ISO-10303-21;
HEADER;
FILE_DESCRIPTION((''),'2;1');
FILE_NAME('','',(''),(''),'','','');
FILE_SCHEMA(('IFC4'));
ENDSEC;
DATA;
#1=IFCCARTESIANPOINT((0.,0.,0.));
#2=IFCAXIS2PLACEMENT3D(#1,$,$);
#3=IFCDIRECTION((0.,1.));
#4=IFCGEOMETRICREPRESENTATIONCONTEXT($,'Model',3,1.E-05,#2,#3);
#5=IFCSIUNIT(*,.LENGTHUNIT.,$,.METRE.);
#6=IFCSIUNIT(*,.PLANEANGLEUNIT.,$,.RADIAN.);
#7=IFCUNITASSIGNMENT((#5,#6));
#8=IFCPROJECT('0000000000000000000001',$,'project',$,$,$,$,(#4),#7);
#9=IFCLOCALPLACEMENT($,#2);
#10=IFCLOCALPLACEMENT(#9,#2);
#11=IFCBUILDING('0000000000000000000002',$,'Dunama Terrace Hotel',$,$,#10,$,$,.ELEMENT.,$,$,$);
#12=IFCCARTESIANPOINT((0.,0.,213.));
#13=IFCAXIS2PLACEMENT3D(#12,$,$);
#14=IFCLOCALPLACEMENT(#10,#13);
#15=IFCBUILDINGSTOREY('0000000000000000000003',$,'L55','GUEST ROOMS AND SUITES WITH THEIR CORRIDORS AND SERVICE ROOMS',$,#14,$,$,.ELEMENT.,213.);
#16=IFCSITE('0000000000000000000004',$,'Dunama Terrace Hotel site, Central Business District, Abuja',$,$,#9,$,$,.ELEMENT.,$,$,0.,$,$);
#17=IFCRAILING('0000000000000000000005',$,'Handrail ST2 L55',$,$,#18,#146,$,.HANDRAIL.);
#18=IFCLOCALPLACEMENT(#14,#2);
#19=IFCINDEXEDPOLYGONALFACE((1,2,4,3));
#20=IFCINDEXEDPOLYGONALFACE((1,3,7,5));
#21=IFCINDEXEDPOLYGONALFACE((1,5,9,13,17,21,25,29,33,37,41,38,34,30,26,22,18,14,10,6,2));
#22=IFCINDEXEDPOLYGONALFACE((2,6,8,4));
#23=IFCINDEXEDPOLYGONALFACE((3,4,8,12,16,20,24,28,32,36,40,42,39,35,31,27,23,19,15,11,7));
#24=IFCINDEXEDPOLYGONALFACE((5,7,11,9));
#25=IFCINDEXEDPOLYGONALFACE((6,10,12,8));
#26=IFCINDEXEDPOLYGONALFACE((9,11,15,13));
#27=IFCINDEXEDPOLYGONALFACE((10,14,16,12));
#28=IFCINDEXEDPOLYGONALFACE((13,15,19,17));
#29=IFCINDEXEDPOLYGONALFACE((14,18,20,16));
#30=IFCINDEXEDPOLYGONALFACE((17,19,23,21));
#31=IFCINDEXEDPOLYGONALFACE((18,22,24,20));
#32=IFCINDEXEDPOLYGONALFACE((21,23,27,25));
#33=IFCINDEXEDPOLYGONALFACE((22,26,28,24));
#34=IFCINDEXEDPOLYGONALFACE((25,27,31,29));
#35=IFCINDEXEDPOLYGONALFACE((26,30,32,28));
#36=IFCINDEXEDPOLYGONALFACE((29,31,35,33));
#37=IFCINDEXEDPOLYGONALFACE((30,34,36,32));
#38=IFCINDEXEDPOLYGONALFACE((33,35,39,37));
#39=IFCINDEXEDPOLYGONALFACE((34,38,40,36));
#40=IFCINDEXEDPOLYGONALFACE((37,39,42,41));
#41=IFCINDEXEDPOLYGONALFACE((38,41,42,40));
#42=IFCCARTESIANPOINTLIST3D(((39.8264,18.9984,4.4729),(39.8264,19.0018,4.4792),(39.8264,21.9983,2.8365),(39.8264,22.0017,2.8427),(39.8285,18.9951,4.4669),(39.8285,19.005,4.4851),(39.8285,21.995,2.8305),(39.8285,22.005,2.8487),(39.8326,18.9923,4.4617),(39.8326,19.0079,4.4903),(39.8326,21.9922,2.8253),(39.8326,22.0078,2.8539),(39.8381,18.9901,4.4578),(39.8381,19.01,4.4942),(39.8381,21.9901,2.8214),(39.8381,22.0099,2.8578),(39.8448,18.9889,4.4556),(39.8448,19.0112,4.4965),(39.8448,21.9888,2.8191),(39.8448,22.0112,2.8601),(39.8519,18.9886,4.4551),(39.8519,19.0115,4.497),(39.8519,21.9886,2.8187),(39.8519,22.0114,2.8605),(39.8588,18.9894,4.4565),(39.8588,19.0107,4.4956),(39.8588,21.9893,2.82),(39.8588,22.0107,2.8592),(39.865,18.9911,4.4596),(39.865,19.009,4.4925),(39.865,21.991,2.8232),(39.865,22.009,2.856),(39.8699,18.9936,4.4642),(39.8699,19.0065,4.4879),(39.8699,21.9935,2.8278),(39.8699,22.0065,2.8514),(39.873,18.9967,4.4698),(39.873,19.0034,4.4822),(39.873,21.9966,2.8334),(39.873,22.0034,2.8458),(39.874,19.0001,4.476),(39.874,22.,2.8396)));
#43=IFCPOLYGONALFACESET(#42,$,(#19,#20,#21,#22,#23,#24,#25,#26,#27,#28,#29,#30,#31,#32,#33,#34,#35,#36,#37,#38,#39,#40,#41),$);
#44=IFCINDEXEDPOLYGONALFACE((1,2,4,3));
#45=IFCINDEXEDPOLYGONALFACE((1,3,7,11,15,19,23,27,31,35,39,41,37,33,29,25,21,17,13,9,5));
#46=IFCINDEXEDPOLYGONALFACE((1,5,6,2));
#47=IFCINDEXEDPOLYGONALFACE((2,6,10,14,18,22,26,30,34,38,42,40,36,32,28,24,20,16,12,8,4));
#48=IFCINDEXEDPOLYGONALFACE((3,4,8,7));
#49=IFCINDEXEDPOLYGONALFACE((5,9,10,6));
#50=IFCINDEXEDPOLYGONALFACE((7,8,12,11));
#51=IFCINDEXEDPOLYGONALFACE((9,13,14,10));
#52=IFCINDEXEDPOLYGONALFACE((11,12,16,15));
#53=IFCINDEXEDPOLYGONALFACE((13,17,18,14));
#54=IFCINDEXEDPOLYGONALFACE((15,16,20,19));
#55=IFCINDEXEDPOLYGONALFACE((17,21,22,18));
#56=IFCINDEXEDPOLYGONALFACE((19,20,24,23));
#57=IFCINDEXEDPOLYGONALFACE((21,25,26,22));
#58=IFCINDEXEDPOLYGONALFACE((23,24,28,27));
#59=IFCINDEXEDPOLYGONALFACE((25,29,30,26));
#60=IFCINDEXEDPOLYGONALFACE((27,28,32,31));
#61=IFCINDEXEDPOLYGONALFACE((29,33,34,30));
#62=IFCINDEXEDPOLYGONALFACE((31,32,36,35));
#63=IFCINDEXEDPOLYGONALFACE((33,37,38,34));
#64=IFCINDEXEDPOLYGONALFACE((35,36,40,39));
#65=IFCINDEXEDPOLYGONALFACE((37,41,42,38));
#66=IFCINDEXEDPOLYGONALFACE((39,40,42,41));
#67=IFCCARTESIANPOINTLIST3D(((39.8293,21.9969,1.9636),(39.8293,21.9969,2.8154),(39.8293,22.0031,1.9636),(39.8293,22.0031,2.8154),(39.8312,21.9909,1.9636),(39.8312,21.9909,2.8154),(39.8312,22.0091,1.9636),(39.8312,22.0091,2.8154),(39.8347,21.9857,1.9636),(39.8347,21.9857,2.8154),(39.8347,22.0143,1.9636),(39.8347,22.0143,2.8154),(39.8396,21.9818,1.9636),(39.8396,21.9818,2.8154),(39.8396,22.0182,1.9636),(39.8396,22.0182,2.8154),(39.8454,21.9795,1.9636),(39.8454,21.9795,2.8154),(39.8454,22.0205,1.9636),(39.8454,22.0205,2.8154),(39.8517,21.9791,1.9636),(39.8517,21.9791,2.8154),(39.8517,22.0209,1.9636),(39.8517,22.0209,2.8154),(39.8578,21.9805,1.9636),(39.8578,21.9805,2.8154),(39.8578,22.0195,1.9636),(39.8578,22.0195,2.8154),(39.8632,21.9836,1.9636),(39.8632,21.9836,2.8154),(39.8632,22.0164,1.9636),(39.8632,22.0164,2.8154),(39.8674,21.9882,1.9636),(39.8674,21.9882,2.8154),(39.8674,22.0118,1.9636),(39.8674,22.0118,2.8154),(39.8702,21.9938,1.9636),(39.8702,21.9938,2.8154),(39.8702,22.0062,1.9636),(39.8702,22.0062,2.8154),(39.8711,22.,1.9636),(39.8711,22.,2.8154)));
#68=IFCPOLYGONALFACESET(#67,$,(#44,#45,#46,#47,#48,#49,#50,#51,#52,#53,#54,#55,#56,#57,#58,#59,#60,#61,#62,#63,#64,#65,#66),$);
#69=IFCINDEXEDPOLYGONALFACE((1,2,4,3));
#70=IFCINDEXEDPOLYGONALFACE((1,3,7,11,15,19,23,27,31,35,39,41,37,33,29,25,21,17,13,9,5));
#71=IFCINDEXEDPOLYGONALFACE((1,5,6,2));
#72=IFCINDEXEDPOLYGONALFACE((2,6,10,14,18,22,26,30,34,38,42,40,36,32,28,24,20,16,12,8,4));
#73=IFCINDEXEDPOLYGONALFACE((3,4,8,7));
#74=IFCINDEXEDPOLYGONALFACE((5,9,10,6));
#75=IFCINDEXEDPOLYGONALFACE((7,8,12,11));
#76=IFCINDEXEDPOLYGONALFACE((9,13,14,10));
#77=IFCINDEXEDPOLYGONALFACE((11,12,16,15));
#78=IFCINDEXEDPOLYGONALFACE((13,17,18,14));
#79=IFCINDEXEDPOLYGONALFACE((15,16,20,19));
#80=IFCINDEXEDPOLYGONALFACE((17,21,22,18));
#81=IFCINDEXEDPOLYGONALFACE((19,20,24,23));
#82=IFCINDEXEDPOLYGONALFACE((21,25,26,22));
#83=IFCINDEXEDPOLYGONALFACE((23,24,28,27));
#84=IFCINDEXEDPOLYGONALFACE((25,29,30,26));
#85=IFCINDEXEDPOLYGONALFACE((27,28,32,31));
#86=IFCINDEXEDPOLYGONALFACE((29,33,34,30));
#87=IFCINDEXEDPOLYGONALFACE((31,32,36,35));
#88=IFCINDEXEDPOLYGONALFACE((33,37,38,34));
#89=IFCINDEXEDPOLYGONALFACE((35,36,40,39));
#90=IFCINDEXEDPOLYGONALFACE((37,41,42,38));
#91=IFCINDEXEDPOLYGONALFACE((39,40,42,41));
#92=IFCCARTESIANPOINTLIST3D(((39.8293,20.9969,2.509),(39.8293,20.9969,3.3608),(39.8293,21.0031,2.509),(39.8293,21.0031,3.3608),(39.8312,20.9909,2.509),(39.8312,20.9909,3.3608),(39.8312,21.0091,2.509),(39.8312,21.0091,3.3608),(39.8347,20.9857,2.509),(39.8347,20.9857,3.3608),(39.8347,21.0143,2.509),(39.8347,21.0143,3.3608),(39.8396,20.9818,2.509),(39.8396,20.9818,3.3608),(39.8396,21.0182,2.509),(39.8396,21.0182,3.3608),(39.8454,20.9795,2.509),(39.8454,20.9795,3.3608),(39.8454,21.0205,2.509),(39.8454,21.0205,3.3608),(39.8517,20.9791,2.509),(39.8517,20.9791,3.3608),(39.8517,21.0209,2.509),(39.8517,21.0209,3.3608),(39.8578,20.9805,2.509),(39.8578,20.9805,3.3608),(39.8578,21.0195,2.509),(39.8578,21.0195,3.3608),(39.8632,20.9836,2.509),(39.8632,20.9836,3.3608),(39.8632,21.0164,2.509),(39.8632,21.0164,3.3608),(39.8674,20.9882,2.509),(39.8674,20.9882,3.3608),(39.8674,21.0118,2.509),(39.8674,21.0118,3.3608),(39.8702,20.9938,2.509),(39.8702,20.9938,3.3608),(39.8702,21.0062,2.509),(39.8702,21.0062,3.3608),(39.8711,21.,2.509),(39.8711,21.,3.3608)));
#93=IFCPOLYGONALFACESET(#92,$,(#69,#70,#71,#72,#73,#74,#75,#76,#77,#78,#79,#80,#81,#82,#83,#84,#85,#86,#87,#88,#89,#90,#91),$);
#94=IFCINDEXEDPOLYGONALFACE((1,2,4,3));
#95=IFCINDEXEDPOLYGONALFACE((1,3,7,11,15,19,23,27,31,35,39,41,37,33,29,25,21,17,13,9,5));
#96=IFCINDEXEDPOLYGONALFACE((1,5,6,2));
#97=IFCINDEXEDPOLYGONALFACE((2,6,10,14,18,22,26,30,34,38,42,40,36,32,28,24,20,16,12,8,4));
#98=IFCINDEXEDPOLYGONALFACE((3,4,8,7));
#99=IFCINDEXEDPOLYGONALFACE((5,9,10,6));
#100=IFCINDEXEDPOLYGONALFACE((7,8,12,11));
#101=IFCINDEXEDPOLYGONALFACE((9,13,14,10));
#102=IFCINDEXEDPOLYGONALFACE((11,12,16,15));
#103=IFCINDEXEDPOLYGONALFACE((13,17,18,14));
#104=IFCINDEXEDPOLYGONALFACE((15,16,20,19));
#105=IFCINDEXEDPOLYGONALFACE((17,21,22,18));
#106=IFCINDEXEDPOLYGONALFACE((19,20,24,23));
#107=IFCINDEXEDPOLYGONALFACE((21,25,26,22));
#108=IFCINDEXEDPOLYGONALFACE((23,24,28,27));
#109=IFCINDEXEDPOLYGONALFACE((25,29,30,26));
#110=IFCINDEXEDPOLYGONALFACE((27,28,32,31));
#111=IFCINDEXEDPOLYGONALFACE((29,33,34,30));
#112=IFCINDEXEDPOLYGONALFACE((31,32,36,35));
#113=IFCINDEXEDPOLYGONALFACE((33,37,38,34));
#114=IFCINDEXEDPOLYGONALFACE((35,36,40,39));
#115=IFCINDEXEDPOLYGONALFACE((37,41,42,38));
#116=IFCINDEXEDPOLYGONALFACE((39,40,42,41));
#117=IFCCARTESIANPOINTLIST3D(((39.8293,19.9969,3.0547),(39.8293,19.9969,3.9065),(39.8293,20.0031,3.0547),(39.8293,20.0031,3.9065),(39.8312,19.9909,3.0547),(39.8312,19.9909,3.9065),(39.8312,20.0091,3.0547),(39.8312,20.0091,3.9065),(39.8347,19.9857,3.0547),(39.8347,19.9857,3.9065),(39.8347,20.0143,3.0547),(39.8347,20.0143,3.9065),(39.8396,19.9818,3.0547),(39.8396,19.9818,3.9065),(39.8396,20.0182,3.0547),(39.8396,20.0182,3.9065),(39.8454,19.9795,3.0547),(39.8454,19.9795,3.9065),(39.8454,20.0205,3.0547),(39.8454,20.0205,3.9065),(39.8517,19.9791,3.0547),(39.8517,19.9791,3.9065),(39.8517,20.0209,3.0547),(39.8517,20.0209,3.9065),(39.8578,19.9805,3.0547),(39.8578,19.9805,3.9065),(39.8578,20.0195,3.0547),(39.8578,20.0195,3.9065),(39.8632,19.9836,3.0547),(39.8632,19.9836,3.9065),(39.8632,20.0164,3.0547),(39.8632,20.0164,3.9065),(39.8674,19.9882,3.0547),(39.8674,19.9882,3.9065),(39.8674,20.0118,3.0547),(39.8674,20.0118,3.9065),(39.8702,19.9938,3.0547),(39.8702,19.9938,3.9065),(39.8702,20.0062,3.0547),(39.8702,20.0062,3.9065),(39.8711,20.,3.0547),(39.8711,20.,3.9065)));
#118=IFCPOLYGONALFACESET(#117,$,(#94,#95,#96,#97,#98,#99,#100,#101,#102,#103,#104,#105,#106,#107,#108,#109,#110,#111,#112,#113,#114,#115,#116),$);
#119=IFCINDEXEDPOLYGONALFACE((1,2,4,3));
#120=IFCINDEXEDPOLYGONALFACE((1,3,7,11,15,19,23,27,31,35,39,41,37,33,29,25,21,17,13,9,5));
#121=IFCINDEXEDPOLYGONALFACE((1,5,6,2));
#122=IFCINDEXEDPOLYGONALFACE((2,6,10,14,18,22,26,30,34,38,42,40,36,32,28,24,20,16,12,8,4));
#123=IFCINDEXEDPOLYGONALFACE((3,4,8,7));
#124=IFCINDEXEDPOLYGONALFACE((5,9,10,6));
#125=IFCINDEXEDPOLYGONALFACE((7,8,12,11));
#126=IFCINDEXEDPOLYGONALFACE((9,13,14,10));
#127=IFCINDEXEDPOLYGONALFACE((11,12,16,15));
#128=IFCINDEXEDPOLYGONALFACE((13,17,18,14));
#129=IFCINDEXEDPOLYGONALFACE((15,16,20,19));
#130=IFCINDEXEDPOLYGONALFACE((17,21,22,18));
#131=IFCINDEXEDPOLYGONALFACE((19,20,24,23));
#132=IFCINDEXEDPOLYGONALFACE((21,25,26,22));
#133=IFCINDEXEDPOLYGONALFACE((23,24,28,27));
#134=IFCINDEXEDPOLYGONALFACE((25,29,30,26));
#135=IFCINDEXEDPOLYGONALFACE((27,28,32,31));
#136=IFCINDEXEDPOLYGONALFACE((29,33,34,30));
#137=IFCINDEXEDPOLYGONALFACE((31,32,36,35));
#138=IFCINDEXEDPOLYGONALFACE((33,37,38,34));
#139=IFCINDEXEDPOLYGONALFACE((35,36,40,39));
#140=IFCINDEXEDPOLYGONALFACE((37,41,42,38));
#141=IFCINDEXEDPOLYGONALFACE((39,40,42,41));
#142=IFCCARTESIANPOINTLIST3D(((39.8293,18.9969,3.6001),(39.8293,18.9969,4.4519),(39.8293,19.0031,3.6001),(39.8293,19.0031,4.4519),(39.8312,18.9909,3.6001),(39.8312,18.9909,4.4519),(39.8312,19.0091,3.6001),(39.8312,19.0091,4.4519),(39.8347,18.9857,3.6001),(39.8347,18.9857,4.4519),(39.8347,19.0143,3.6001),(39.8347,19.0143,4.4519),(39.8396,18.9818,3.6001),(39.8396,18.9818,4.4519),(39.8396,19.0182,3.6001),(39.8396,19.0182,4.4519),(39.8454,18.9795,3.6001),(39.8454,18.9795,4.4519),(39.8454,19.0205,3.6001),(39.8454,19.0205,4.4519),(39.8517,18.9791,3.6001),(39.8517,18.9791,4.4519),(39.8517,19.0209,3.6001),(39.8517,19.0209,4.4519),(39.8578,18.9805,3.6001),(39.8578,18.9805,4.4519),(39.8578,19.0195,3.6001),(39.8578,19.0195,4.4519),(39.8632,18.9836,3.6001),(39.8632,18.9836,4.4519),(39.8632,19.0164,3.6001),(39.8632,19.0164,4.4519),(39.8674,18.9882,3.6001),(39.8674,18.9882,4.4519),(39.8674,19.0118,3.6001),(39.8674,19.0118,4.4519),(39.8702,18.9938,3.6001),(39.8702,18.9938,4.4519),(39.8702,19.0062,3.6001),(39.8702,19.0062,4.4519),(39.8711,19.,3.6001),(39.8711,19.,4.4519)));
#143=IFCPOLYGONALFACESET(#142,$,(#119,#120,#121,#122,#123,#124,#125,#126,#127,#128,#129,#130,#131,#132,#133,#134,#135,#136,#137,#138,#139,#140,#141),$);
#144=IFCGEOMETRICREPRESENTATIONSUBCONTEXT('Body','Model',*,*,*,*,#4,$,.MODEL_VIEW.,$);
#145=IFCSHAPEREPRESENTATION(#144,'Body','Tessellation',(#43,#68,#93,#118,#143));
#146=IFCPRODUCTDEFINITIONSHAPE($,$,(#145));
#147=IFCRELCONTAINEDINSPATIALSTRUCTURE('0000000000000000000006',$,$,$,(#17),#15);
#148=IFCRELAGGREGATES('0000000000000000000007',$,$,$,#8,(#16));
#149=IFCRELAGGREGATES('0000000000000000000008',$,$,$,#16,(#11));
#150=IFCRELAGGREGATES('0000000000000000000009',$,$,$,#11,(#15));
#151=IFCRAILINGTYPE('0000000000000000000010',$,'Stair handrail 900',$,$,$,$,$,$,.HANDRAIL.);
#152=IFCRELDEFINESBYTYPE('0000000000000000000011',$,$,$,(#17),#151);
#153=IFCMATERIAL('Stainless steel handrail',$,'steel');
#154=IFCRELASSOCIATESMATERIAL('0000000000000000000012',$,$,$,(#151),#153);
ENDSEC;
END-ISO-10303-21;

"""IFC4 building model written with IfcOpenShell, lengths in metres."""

from ifc_helpers import new_model, si_unit, direction, frame, origin, origin_2d, place, context, subcontext, project, spatial, circle, extrude, material, type_object, element, save


model = new_model("IFC4")

# Units and contexts
model_context = context("Model", 3, precision=1e-05, world=origin(), true_north=direction((0.0, 1.0)))
body_context = subcontext(model_context, "Body", "Model", "MODEL_VIEW")
ifc_project = project(units=[si_unit("LENGTHUNIT", "METRE"), si_unit("PLANEANGLEUNIT", "RADIAN")], contexts=[model_context])

# Site, building, storey
site_placement = place(None, origin())
site = spatial("IfcSite", under=ifc_project, at=site_placement, Name="Dunama Terrace Hotel site, Central Business District, Abuja", CompositionType="ELEMENT", RefElevation=0.0)
building_placement = place(site_placement, origin())
building = spatial("IfcBuilding", under=site, at=building_placement, Name="Dunama Terrace Hotel", CompositionType="ELEMENT")
storey_placement = place(building_placement, frame((0.0, 0.0, 213.0)))
storey = spatial("IfcBuildingStorey", under=building, at=storey_placement, Name="L55", Description="GUEST ROOMS AND SUITES WITH THEIR CORRIDORS AND SERVICE ROOMS", CompositionType="ELEMENT", Elevation=213.0)

# Railing
ifc_material_1 = material(Name="Stainless steel handrail", Category="steel")
railing_type = type_object("IfcRailingType", Name="Stair handrail 900", PredefinedType="HANDRAIL", material=ifc_material_1)
railing_1_placement = place(storey_placement, frame((39.8501, 22.0, 1.9636)))
element("IfcRailing", 1, at=railing_1_placement, inside=storey, type_object=railing_type, Name="Handrail ST2 L55", PredefinedType="HANDRAIL", context=body_context, shape_type="SweptSolid", body=[
    extrude(circle(Radius=0.0239, at=origin_2d()), frame((0.0, 0.0, 0.876), z_axis=(0.0, -0.877882, 0.478877), x_axis=(1.0, 0.0, 0.0)), (0.0, 0.0, 1.0), 3.4172),
    extrude(circle(Radius=0.021, at=origin_2d()), origin(), (0.0, 0.0, 1.0), 0.8518),
    extrude(circle(Radius=0.021, at=origin_2d()), frame((0.0, -1.0, 0.5454)), (0.0, 0.0, 1.0), 0.8518),
    extrude(circle(Radius=0.021, at=origin_2d()), frame((0.0, -2.0, 1.0911)), (0.0, 0.0, 1.0), 0.8518),
    extrude(circle(Radius=0.021, at=origin_2d()), frame((0.0, -3.0, 1.6365)), (0.0, 0.0, 1.0), 0.8518),
])

save(model, "model.ifc")
